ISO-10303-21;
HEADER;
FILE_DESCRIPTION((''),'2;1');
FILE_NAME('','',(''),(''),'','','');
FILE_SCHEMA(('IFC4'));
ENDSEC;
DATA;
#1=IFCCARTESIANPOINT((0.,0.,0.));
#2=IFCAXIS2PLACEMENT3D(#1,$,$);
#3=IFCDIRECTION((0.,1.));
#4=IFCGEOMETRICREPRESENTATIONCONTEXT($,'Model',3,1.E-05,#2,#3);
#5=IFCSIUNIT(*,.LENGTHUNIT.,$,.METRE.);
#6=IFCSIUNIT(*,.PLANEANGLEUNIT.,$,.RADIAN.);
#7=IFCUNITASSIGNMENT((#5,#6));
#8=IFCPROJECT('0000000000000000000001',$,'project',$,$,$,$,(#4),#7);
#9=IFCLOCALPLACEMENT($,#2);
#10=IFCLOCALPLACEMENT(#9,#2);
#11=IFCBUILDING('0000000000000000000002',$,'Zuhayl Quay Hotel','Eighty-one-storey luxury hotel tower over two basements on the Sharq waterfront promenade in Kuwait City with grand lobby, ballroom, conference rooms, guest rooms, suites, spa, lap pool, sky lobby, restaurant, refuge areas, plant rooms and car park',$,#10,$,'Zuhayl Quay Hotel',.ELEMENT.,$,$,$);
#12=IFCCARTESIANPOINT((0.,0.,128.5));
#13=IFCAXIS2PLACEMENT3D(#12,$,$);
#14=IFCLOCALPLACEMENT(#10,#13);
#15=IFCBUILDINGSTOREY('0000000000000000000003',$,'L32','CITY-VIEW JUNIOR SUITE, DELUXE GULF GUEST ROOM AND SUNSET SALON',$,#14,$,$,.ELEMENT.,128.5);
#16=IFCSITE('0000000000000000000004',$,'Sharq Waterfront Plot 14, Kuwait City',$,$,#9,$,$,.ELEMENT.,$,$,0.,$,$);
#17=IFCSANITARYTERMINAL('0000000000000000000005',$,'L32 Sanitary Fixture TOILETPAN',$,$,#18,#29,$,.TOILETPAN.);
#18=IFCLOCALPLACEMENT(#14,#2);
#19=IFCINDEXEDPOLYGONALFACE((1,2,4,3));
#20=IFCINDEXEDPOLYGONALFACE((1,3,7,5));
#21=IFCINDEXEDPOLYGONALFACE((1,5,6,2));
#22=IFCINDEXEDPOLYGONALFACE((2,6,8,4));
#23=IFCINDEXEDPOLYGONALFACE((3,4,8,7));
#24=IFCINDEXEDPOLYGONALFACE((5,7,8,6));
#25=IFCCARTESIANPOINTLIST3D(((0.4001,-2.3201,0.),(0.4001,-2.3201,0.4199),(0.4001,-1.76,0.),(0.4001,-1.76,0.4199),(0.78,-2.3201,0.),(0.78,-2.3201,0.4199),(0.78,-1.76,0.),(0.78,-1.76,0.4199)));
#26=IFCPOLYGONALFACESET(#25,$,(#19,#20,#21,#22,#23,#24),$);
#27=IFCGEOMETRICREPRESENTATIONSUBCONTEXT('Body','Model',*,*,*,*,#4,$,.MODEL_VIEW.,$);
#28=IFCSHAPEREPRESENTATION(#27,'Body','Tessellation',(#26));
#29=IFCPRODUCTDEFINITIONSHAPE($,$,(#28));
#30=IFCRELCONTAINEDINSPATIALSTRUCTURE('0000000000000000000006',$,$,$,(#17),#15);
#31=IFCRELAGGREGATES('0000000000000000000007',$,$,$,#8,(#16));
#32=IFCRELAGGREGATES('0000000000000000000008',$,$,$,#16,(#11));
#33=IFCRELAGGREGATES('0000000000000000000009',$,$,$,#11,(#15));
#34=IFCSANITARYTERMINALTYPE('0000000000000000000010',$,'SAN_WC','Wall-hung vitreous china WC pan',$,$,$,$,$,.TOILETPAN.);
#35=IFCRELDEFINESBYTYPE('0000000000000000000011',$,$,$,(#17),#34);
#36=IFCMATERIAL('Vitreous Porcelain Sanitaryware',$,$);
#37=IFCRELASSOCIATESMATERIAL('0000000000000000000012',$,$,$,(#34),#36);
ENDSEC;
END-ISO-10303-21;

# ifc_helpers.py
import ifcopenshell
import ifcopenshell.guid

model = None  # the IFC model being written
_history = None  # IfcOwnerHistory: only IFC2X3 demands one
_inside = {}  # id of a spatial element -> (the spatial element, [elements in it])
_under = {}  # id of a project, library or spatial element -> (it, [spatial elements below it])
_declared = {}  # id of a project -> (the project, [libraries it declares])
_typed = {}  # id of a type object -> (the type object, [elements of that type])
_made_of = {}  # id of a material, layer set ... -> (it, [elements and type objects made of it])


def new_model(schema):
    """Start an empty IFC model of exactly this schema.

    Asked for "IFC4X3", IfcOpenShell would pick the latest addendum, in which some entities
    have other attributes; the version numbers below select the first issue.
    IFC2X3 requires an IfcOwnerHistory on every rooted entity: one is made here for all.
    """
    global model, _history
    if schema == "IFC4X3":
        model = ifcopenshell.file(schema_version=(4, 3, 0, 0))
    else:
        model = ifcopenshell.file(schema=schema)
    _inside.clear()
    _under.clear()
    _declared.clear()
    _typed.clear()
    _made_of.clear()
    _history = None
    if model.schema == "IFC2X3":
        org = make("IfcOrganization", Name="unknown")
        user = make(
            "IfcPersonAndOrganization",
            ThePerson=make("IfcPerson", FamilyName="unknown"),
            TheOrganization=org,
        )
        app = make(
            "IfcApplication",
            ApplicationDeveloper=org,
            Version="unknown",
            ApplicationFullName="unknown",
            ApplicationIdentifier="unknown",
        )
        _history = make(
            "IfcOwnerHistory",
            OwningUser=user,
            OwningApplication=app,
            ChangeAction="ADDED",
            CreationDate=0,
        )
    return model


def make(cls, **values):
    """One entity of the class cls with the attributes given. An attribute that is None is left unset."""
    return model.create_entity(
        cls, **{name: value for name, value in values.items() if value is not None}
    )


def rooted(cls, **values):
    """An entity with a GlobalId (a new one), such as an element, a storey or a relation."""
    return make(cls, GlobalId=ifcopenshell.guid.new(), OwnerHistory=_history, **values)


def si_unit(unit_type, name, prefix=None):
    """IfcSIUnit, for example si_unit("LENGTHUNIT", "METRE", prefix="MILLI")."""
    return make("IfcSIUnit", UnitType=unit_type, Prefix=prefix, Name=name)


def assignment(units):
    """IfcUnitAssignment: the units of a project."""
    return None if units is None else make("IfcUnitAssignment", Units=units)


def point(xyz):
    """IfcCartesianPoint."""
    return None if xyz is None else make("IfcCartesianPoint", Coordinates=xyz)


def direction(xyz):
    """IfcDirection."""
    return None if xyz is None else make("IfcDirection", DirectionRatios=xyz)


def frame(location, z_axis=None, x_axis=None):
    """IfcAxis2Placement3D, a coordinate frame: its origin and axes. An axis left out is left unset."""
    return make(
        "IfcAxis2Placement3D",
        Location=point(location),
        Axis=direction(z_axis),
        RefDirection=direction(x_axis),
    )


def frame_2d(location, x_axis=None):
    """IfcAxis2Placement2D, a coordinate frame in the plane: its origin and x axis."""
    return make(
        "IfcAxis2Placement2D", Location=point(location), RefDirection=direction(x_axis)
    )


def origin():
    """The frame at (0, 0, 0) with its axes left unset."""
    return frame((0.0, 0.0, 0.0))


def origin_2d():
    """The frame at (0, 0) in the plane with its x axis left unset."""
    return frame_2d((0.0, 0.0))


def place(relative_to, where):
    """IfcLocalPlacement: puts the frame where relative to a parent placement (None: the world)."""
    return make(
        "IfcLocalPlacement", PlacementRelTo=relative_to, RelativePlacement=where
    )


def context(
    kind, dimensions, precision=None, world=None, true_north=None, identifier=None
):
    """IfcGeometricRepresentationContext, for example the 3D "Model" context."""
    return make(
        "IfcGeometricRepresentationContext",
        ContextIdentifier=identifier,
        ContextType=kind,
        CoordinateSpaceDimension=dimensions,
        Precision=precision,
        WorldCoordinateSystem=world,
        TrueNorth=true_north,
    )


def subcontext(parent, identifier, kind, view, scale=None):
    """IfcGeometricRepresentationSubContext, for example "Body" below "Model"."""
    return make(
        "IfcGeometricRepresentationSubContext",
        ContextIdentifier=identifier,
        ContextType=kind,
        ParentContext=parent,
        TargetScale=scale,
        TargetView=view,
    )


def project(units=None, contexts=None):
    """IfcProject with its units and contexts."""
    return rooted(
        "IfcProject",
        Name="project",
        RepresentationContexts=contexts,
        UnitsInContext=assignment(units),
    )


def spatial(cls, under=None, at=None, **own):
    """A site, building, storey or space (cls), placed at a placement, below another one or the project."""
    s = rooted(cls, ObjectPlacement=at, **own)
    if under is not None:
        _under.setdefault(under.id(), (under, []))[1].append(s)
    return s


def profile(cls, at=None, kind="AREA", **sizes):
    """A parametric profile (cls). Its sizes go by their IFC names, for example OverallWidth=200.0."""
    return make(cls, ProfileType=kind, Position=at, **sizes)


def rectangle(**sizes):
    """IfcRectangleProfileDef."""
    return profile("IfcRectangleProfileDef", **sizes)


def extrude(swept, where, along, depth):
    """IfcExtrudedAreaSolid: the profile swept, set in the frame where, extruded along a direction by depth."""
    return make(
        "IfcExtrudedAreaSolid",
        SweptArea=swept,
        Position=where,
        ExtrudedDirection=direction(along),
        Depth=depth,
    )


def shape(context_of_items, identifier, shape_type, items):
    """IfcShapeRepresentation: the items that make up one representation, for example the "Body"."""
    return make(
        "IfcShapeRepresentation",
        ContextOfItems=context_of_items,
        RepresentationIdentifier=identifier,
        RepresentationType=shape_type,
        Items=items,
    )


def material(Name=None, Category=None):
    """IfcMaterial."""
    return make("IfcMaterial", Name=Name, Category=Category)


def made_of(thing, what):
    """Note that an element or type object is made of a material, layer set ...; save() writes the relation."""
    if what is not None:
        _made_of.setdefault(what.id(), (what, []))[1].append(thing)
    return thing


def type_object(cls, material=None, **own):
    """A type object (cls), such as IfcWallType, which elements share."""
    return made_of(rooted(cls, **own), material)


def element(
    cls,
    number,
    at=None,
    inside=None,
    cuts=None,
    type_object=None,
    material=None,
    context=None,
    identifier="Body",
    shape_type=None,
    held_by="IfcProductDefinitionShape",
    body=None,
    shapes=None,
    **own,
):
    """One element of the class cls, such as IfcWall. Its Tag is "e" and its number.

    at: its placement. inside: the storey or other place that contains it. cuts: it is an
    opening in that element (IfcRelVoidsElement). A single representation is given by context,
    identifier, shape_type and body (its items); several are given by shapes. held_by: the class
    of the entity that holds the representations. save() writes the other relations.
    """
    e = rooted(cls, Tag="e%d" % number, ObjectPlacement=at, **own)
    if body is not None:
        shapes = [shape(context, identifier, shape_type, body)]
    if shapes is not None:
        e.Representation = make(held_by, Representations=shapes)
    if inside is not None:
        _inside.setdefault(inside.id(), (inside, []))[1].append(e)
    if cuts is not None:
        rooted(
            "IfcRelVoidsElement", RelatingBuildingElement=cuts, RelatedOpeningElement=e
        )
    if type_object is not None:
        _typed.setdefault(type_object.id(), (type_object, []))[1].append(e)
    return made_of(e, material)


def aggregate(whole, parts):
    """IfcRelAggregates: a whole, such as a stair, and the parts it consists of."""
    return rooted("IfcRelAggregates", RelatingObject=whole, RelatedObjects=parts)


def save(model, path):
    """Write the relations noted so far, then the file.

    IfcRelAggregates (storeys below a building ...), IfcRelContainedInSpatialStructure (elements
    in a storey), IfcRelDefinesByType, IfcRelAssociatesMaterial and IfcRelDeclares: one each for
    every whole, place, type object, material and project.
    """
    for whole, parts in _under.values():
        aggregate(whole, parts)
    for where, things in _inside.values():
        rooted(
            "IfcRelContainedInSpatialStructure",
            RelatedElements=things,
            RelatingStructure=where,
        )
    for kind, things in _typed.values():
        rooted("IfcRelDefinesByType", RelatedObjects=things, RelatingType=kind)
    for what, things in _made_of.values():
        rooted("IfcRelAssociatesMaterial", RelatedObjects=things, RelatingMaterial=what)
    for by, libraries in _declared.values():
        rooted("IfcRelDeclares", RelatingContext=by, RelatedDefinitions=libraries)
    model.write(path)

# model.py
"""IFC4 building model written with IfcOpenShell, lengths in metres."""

from ifc_helpers import new_model, si_unit, direction, frame, origin, origin_2d, place, context, subcontext, project, spatial, rectangle, extrude, material, type_object, element, save


model = new_model("IFC4")

# Units and contexts
model_context = context("Model", 3, precision=1e-05, world=origin(), true_north=direction((0.0, 1.0)))
body_context = subcontext(model_context, "Body", "Model", "MODEL_VIEW")
ifc_project = project(units=[si_unit("LENGTHUNIT", "METRE"), si_unit("PLANEANGLEUNIT", "RADIAN")], contexts=[model_context])

# Site, building, storey
site_placement = place(None, origin())
site = spatial("IfcSite", under=ifc_project, at=site_placement, Name="Sharq Waterfront Plot 14, Kuwait City", CompositionType="ELEMENT", RefElevation=0.0)
building_placement = place(site_placement, origin())
building = spatial("IfcBuilding", under=site, at=building_placement, Name="Zuhayl Quay Hotel", Description="Eighty-one-storey luxury hotel tower over two basements on the Sharq waterfront promenade in Kuwait City with grand lobby, ballroom, conference rooms, guest rooms, suites, spa, lap pool, sky lobby, restaurant, refuge areas, plant rooms and car park", LongName="Zuhayl Quay Hotel", CompositionType="ELEMENT")
storey_placement = place(building_placement, frame((0.0, 0.0, 128.5)))
storey = spatial("IfcBuildingStorey", under=building, at=storey_placement, Name="L32", Description="CITY-VIEW JUNIOR SUITE, DELUXE GULF GUEST ROOM AND SUNSET SALON", CompositionType="ELEMENT", Elevation=128.5)

# Sanitary terminal
ifc_material_1 = material(Name="Vitreous Porcelain Sanitaryware")
sanitary_terminal_type_1 = type_object("IfcSanitaryTerminalType", Name="SAN_WC", Description="Wall-hung vitreous china WC pan", PredefinedType="TOILETPAN", material=ifc_material_1)
sanitary_terminal_1_placement = place(storey_placement, frame((0.5901, -2.04, 0.0), z_axis=(0.0, 0.0, 1.0), x_axis=(1.0, 0.0, 0.0)))
element("IfcSanitaryTerminal", 1, at=sanitary_terminal_1_placement, inside=storey, type_object=sanitary_terminal_type_1, Name="L32 Sanitary Fixture TOILETPAN", PredefinedType="TOILETPAN", context=body_context, shape_type="SweptSolid", body=[
    extrude(rectangle(XDim=0.3799, YDim=0.5601, at=origin_2d()), origin(), (0.0, 0.0, 1.0), 0.4199),
])

save(model, "model.ifc")
